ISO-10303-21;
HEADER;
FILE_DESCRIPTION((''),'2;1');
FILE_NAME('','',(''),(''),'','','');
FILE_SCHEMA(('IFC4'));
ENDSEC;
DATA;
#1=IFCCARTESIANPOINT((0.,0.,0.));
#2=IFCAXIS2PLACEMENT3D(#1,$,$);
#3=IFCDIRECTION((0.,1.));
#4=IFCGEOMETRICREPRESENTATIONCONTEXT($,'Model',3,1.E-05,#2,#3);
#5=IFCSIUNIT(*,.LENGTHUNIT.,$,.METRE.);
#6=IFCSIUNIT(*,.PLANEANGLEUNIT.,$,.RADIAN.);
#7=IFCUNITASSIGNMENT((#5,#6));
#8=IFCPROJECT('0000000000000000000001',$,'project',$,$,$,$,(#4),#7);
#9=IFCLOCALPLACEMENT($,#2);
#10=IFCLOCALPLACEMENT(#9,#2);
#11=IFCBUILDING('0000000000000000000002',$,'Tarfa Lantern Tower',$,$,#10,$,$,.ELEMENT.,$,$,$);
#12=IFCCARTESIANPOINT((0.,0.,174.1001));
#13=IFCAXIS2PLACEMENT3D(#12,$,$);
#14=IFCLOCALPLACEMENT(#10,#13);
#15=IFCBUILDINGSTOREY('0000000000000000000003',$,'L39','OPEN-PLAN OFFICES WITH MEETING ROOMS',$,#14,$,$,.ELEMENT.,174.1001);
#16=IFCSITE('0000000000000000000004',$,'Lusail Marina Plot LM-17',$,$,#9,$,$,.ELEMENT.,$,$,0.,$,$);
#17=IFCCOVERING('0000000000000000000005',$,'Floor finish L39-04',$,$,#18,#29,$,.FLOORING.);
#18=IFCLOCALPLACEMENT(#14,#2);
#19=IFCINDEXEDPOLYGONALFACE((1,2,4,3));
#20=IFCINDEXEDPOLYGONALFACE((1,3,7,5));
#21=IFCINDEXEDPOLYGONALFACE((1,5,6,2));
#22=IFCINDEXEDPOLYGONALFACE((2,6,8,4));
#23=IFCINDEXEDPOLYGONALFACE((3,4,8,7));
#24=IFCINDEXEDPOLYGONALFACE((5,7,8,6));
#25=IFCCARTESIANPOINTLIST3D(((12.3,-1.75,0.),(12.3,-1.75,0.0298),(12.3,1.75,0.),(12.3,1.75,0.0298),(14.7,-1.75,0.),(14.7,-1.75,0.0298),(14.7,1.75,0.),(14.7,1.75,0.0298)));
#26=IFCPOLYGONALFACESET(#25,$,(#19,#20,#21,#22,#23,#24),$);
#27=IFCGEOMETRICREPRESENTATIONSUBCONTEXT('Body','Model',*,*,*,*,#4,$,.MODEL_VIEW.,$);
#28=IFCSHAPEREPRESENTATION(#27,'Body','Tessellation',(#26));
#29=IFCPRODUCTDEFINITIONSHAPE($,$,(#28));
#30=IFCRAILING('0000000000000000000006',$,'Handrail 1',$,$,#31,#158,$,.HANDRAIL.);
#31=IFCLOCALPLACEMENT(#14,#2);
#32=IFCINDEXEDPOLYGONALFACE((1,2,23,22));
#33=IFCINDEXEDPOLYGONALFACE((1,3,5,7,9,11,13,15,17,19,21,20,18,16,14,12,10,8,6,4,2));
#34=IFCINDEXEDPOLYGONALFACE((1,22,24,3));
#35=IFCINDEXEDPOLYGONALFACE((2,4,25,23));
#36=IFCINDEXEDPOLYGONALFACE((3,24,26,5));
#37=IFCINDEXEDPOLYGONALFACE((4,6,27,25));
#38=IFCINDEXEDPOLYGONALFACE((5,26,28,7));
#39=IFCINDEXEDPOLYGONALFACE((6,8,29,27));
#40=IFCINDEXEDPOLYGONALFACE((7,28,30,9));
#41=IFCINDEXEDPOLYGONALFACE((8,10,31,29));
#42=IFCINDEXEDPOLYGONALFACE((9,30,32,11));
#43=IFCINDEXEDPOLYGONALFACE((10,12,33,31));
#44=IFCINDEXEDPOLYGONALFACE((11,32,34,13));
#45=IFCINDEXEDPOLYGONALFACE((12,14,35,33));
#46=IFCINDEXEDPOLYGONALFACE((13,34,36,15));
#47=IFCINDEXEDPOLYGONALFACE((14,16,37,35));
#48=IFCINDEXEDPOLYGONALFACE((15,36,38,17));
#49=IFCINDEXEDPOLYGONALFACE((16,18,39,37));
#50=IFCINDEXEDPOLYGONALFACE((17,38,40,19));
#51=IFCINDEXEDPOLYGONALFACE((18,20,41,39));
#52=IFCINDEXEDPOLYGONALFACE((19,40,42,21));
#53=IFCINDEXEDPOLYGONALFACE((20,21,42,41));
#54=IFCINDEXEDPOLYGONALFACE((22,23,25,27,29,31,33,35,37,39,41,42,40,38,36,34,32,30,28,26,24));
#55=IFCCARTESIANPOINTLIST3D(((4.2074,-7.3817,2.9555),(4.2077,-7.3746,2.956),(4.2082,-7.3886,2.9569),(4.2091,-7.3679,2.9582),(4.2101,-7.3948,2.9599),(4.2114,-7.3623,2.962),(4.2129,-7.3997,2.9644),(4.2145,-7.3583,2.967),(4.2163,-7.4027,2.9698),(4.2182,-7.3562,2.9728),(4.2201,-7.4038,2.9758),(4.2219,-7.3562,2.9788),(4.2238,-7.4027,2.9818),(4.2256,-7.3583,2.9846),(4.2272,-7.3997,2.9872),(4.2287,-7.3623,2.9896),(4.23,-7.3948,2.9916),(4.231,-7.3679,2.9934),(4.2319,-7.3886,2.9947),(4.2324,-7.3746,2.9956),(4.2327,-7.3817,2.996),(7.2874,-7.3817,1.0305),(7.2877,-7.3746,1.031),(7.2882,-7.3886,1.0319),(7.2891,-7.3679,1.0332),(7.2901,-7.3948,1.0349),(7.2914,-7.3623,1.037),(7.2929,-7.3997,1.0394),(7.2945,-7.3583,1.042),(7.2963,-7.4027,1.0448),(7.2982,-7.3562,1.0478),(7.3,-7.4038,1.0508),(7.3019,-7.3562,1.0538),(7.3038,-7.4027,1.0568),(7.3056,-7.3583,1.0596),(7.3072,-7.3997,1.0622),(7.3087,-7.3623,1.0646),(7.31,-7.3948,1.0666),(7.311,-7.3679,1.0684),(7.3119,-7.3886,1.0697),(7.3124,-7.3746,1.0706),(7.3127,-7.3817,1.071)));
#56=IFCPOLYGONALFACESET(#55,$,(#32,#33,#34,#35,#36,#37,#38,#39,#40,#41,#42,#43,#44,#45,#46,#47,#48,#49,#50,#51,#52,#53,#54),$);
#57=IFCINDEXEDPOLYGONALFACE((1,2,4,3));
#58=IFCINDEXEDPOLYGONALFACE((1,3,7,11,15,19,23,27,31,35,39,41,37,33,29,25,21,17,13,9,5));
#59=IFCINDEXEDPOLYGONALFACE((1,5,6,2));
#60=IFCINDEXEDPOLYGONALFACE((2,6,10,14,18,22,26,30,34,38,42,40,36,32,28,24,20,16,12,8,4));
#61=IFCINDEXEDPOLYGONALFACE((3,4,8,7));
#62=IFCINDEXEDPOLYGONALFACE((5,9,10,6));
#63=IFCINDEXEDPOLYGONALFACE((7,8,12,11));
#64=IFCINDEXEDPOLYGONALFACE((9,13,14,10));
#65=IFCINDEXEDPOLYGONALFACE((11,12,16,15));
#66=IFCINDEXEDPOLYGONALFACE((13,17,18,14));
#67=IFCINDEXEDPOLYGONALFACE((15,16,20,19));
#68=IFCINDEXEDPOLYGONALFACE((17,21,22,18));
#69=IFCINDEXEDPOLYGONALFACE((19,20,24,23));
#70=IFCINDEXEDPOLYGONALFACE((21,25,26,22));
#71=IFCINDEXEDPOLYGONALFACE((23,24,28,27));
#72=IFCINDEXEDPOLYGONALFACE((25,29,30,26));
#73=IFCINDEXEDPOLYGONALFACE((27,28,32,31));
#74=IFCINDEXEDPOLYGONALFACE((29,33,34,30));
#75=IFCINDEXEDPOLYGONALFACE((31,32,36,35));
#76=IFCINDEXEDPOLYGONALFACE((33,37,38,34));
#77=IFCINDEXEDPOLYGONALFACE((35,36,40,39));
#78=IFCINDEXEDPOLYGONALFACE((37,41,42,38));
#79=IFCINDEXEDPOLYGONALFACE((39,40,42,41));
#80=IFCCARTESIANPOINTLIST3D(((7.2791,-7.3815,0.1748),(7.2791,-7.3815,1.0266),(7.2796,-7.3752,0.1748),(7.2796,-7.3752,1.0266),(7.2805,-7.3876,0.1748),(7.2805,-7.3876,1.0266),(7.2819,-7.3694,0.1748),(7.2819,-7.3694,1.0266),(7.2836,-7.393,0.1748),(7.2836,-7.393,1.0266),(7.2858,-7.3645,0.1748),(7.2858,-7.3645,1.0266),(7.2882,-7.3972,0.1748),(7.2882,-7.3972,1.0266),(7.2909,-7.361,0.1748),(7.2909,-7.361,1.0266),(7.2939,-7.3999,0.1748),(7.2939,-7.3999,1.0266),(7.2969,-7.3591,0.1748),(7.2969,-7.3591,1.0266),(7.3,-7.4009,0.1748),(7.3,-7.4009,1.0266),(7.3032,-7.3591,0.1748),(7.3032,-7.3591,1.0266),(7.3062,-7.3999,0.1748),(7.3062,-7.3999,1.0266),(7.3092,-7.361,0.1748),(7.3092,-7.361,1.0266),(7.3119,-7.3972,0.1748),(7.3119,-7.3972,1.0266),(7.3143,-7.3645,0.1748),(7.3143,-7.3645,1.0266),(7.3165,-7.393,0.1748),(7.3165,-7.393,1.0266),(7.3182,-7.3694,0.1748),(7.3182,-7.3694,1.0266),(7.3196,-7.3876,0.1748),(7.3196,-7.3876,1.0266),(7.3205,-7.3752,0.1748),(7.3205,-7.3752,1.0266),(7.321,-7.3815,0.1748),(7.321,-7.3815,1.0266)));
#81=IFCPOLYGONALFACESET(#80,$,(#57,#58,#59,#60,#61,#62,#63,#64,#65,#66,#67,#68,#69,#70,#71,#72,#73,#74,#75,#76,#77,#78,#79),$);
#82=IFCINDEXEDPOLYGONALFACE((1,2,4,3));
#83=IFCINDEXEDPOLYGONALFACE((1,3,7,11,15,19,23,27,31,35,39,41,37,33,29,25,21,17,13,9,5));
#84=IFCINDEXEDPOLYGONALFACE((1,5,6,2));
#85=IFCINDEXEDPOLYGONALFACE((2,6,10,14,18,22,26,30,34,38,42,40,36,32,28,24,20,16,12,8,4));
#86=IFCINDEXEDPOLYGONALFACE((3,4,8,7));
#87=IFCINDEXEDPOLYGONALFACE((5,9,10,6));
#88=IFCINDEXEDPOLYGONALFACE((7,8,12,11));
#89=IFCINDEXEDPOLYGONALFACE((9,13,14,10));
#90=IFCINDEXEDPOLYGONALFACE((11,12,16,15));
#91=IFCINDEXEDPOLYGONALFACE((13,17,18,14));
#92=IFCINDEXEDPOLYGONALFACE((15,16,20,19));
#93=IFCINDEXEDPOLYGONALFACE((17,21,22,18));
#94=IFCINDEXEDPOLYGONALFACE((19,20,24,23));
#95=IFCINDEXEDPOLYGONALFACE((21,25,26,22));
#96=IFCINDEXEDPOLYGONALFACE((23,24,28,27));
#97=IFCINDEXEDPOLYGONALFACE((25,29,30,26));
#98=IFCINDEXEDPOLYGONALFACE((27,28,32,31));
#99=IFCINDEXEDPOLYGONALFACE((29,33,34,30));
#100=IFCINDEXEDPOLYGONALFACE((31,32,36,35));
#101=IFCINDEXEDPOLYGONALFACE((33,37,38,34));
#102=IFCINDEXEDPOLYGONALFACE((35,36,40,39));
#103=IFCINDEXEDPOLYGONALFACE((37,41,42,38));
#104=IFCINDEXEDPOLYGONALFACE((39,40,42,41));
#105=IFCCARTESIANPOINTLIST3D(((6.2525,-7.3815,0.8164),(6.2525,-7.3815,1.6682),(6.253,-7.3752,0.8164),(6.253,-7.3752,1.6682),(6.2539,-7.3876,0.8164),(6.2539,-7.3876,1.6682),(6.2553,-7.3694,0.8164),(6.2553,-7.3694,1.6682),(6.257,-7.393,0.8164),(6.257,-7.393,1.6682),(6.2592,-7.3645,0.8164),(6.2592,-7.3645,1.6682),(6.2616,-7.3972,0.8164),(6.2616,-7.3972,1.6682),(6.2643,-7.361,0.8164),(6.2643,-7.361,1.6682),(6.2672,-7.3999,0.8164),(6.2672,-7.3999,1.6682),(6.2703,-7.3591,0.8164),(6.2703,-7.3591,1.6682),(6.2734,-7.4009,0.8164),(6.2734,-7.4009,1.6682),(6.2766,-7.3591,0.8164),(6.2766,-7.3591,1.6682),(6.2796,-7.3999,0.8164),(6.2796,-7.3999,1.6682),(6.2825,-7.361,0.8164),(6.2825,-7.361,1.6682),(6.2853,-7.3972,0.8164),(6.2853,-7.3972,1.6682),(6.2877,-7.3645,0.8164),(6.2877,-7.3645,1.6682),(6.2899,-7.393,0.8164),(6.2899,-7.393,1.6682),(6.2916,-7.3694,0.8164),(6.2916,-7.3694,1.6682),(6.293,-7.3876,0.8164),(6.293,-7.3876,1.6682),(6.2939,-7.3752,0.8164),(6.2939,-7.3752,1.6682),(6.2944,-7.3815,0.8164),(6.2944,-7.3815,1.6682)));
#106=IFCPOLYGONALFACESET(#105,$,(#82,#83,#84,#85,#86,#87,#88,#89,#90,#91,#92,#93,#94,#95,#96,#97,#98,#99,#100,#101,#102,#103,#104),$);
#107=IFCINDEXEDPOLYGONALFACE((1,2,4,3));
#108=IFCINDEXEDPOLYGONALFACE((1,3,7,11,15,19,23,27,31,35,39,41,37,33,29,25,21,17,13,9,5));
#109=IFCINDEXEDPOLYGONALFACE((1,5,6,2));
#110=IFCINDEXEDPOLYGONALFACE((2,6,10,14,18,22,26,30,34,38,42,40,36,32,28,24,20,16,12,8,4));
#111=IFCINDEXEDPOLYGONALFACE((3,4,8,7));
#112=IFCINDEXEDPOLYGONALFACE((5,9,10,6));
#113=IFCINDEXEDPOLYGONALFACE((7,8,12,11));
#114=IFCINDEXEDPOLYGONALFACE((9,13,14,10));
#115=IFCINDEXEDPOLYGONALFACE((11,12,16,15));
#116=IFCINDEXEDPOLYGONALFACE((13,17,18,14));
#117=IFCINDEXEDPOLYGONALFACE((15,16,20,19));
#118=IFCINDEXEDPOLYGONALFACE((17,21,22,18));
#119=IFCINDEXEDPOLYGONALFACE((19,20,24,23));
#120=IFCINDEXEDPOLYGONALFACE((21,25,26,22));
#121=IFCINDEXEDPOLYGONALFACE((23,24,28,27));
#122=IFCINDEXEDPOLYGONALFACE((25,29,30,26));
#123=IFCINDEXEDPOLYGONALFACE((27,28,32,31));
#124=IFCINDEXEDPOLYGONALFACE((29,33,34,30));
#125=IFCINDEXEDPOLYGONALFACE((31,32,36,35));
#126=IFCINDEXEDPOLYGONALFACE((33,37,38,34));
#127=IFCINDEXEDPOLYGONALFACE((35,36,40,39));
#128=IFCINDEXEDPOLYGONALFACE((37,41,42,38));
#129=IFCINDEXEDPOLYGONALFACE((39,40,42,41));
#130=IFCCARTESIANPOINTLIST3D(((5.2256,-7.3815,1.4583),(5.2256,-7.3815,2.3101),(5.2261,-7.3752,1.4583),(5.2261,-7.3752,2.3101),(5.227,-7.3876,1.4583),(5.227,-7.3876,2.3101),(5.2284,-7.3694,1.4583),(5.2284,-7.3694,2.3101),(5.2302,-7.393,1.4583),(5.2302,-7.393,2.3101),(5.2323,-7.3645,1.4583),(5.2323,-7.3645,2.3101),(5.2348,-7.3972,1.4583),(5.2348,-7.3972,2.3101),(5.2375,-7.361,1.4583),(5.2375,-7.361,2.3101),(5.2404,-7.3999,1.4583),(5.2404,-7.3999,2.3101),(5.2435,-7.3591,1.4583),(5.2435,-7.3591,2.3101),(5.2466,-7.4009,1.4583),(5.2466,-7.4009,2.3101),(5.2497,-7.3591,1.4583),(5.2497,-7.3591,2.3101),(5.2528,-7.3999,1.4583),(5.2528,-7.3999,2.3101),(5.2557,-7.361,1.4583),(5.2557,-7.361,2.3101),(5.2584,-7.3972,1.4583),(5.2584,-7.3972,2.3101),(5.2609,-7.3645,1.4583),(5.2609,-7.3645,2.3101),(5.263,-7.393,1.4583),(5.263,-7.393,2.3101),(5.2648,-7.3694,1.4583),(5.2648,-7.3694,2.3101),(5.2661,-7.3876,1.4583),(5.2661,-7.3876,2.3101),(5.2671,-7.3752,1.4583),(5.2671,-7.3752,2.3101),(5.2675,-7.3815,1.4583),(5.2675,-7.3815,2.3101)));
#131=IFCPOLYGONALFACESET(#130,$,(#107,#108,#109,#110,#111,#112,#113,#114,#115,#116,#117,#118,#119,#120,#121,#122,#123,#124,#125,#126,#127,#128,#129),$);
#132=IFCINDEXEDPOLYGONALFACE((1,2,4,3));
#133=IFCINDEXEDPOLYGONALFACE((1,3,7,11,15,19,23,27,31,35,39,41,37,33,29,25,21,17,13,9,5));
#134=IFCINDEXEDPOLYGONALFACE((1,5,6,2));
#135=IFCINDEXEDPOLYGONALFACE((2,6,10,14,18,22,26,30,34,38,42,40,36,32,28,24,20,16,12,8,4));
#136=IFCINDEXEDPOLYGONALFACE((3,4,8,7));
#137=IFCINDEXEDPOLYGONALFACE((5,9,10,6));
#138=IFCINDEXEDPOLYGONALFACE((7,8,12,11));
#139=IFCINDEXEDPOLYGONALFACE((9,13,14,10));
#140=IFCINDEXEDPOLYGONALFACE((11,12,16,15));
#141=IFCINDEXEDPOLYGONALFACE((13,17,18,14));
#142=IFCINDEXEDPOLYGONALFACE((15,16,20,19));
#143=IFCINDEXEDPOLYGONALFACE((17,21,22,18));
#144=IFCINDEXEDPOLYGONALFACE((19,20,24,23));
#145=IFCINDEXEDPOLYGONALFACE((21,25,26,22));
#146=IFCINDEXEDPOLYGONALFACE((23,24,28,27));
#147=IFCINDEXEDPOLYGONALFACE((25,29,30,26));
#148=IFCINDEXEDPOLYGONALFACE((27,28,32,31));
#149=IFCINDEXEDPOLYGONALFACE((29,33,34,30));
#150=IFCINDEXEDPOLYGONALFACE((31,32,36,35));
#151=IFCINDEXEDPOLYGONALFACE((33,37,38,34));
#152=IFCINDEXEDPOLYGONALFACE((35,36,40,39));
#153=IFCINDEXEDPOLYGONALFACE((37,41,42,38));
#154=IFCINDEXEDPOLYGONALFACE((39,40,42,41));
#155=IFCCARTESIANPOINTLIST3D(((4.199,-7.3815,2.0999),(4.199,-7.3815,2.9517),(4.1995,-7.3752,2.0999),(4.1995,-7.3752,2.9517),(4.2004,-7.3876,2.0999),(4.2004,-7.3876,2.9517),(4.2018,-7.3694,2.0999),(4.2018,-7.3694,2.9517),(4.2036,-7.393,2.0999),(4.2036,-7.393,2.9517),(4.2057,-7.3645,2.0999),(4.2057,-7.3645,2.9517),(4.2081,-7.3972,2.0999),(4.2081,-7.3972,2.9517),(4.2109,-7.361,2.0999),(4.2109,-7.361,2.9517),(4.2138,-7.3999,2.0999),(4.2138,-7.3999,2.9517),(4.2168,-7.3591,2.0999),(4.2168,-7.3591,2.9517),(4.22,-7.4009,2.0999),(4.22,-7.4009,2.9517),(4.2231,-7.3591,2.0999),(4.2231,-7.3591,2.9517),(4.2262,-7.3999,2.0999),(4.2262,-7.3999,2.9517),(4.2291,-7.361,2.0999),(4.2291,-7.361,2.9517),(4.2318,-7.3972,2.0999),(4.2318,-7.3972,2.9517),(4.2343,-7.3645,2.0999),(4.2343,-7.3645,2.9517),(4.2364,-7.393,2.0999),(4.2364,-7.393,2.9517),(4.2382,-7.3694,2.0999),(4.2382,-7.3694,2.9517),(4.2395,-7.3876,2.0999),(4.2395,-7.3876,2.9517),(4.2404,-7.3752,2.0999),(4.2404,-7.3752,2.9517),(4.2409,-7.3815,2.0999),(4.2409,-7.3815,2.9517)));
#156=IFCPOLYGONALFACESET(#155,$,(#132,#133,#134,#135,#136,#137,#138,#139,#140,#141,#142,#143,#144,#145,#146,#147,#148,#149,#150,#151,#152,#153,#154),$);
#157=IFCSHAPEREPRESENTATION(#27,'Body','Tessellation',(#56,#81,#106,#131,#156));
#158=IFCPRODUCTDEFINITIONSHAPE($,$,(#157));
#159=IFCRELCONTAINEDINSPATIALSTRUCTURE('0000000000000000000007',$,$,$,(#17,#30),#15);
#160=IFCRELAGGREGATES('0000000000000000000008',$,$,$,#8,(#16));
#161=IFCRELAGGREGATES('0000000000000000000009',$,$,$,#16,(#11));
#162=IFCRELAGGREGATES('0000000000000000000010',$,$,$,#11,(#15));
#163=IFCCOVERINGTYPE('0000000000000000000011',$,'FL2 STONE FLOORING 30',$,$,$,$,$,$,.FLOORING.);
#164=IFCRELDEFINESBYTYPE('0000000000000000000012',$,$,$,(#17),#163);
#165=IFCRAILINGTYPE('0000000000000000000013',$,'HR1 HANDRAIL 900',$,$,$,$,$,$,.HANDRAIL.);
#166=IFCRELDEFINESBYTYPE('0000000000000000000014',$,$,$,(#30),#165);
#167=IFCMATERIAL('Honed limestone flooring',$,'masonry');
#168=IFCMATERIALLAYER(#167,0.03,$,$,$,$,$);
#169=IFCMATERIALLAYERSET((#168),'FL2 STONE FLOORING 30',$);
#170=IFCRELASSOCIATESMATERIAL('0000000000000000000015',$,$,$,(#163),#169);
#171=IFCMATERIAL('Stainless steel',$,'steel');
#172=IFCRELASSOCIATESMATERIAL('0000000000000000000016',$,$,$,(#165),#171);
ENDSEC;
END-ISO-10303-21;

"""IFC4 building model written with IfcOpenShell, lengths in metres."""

from ifc_helpers import new_model, si_unit, direction, frame, origin, origin_2d, place, context, subcontext, project, spatial, polyline, circle, outline, extrude, material, layer, layer_set, type_object, element, save


model = new_model("IFC4")

# Units and contexts
model_context = context("Model", 3, precision=1e-05, world=origin(), true_north=direction((0.0, 1.0)))
body_context = subcontext(model_context, "Body", "Model", "MODEL_VIEW")
ifc_project = project(units=[si_unit("LENGTHUNIT", "METRE"), si_unit("PLANEANGLEUNIT", "RADIAN")], contexts=[model_context])

# Site, building, storey
site_placement = place(None, origin())
site = spatial("IfcSite", under=ifc_project, at=site_placement, Name="Lusail Marina Plot LM-17", CompositionType="ELEMENT", RefElevation=0.0)
building_placement = place(site_placement, origin())
building = spatial("IfcBuilding", under=site, at=building_placement, Name="Tarfa Lantern Tower", CompositionType="ELEMENT")
storey_placement = place(building_placement, frame((0.0, 0.0, 174.1001)))
storey = spatial("IfcBuildingStorey", under=building, at=storey_placement, Name="L39", Description="OPEN-PLAN OFFICES WITH MEETING ROOMS", CompositionType="ELEMENT", Elevation=174.1001)

# Covering
ifc_material_1 = material(Name="Honed limestone flooring", Category="masonry")
ifc_layer_1 = layer(ifc_material_1, 0.03)
ifc_layer_set_1 = layer_set([ifc_layer_1], Name="FL2 STONE FLOORING 30")
covering_type_1 = type_object("IfcCoveringType", Name="FL2 STONE FLOORING 30", PredefinedType="FLOORING", material=ifc_layer_set_1)
covering_1_placement = place(storey_placement, origin())
element("IfcCovering", 1, at=covering_1_placement, inside=storey, type_object=covering_type_1, Name="Floor finish L39-04", PredefinedType="FLOORING", context=body_context, shape_type="SweptSolid", body=[
    extrude(outline(polyline([(12.3, -1.75), (14.7, -1.75), (14.7, 1.75), (12.3, 1.75), (12.3, -1.75)])), origin(), (0.0, 0.0, 1.0), 0.0298),
])

# Railing
ifc_material_2 = material(Name="Stainless steel", Category="steel")
railing_type = type_object("IfcRailingType", Name="HR1 HANDRAIL 900", PredefinedType="HANDRAIL", material=ifc_material_2)
railing_1_placement = place(storey_placement, frame((7.3, -7.3799, 0.1748)))
element("IfcRailing", 2, at=railing_1_placement, inside=storey, type_object=railing_type, Name="Handrail 1", PredefinedType="HANDRAIL", context=body_context, shape_type="SweptSolid", body=[
    extrude(circle(Radius=0.0239, at=origin_2d()), frame((0.0, 0.0, 0.876), z_axis=(-0.847998, 0.0, 0.529999), x_axis=(0.0, -1.0, 0.0)), (0.0, 0.0, 1.0), 3.6321),
    extrude(circle(Radius=0.021, at=origin_2d()), frame((0.0, 0.0, 0.0), z_axis=(0.0, 0.0, 1.0), x_axis=(0.0, -1.0, 0.0)), (0.0, 0.0, 1.0), 0.8518),
    extrude(circle(Radius=0.021, at=origin_2d()), frame((-1.0266, 0.0, 0.6416), z_axis=(0.0, 0.0, 1.0), x_axis=(0.0, -1.0, 0.0)), (0.0, 0.0, 1.0), 0.8518),
    extrude(circle(Radius=0.021, at=origin_2d()), frame((-2.0535, 0.0, 1.2834), z_axis=(0.0, 0.0, 1.0), x_axis=(0.0, -1.0, 0.0)), (0.0, 0.0, 1.0), 0.8518),
    extrude(circle(Radius=0.021, at=origin_2d()), frame((-3.0801, 0.0, 1.925), z_axis=(0.0, 0.0, 1.0), x_axis=(0.0, -1.0, 0.0)), (0.0, 0.0, 1.0), 0.8518),
])

save(model, "model.ifc")
